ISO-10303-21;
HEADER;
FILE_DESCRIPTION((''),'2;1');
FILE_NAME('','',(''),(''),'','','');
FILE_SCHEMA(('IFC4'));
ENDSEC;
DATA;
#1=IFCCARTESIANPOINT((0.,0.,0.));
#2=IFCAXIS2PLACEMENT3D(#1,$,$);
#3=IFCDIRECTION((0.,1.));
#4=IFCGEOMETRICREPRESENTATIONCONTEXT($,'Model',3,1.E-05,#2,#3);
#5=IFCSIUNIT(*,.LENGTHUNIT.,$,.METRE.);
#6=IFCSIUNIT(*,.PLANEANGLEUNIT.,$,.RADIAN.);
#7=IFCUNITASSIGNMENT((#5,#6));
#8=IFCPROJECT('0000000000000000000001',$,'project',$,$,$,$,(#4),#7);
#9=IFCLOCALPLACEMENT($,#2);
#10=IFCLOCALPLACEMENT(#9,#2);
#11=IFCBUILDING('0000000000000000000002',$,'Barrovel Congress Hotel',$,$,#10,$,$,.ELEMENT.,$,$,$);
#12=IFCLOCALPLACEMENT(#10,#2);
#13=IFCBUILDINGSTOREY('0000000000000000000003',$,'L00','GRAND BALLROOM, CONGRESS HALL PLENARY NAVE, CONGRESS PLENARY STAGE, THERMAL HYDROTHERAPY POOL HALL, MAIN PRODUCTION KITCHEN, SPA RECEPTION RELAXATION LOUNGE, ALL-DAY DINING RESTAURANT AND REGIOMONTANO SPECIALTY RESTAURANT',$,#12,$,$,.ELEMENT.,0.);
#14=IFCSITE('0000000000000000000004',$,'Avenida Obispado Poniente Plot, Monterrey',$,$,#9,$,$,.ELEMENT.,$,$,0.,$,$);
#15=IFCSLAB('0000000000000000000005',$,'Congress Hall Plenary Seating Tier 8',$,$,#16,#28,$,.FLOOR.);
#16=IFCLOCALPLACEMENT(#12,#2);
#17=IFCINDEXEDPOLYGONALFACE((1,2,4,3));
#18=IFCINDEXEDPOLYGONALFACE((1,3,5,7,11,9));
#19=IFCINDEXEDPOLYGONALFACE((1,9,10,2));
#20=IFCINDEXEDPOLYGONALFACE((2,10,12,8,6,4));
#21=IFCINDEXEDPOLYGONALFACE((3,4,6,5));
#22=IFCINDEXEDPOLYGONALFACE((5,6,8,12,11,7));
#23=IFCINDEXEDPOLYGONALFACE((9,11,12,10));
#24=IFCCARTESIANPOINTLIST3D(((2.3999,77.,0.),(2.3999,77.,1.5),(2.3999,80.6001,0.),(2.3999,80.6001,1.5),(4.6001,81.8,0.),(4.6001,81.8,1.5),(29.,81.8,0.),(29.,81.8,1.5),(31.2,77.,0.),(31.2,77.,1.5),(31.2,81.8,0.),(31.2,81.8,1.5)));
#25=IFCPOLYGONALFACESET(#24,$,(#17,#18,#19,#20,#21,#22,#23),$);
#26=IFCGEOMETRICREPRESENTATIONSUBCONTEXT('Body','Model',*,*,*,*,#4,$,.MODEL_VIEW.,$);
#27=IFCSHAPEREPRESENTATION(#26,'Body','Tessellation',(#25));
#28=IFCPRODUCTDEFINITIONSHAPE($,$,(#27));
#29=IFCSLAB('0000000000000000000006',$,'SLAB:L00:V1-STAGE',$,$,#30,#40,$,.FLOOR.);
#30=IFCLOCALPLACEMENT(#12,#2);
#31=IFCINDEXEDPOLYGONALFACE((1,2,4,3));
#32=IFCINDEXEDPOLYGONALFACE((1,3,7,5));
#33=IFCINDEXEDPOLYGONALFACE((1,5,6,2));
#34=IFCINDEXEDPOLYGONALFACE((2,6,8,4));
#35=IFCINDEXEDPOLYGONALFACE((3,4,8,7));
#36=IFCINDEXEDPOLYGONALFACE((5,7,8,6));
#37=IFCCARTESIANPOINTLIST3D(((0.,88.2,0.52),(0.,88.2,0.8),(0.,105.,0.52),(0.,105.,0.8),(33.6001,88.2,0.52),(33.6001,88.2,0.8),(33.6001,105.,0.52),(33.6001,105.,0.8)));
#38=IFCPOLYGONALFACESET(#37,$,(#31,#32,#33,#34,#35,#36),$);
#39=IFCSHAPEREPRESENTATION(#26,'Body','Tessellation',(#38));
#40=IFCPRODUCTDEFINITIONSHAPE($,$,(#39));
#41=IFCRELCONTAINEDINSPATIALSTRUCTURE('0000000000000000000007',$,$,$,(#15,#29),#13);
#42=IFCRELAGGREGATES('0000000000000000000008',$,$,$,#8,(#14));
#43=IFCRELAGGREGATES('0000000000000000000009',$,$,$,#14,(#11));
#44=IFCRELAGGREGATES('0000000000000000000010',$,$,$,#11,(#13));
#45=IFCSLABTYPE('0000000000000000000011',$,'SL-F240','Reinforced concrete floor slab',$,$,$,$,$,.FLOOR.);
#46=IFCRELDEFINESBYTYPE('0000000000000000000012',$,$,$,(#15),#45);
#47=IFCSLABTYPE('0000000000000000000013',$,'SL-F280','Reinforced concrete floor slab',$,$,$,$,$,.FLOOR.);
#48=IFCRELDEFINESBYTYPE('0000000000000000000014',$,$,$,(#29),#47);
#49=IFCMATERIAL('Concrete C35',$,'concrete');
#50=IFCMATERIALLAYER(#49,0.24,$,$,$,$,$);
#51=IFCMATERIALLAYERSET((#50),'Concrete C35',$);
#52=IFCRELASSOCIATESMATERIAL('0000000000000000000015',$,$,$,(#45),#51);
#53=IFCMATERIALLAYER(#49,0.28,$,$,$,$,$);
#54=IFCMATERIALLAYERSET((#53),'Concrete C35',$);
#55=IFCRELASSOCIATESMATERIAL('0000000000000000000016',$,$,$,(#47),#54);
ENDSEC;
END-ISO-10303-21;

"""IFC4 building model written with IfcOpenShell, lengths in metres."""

from ifc_helpers import new_model, si_unit, direction, frame, origin, place, context, subcontext, project, spatial, polyline, outline, extrude, material, layer, layer_set, type_object, element, save


model = new_model("IFC4")

# Units and contexts
model_context = context("Model", 3, precision=1e-05, world=origin(), true_north=direction((0.0, 1.0)))
body_context = subcontext(model_context, "Body", "Model", "MODEL_VIEW")
ifc_project = project(units=[si_unit("LENGTHUNIT", "METRE"), si_unit("PLANEANGLEUNIT", "RADIAN")], contexts=[model_context])

# Site, building, storey
site_placement = place(None, origin())
site = spatial("IfcSite", under=ifc_project, at=site_placement, Name="Avenida Obispado Poniente Plot, Monterrey", CompositionType="ELEMENT", RefElevation=0.0)
building_placement = place(site_placement, origin())
building = spatial("IfcBuilding", under=site, at=building_placement, Name="Barrovel Congress Hotel", CompositionType="ELEMENT")
storey_placement = place(building_placement, origin())
storey = spatial("IfcBuildingStorey", under=building, at=storey_placement, Name="L00", Description="GRAND BALLROOM, CONGRESS HALL PLENARY NAVE, CONGRESS PLENARY STAGE, THERMAL HYDROTHERAPY POOL HALL, MAIN PRODUCTION KITCHEN, SPA RECEPTION RELAXATION LOUNGE, ALL-DAY DINING RESTAURANT AND REGIOMONTANO SPECIALTY RESTAURANT", CompositionType="ELEMENT", Elevation=0.0)

# Slabs
ifc_material_1 = material(Name="Concrete C35", Category="concrete")
ifc_layer_1 = layer(ifc_material_1, 0.24)
ifc_layer_set_1 = layer_set([ifc_layer_1], Name="Concrete C35")
slab_type_1 = type_object("IfcSlabType", Name="SL-F240", Description="Reinforced concrete floor slab", PredefinedType="FLOOR", material=ifc_layer_set_1)
slab_1_placement = place(storey_placement, origin())
element("IfcSlab", 1, at=slab_1_placement, inside=storey, type_object=slab_type_1, Name="Congress Hall Plenary Seating Tier 8", PredefinedType="FLOOR", context=body_context, shape_type="SweptSolid", body=[
    extrude(outline(polyline([(2.3999, 77.0), (31.2, 77.0), (31.2, 81.8), (29.0, 81.8), (4.6001, 81.8), (2.3999, 80.6001), (2.3999, 77.0)])), origin(), (0.0, 0.0, 1.0), 1.5),
])
ifc_layer_2 = layer(ifc_material_1, 0.28)
ifc_layer_set_2 = layer_set([ifc_layer_2], Name="Concrete C35")
slab_type_2 = type_object("IfcSlabType", Name="SL-F280", Description="Reinforced concrete floor slab", PredefinedType="FLOOR", material=ifc_layer_set_2)
slab_2_placement = place(storey_placement, frame((0.0, 0.0, 0.52)))
element("IfcSlab", 2, at=slab_2_placement, inside=storey, type_object=slab_type_2, Name="SLAB:L00:V1-STAGE", PredefinedType="FLOOR", context=body_context, shape_type="SweptSolid", body=[
    extrude(outline(polyline([(0.0, 88.2), (33.6001, 88.2), (33.6001, 105.0), (0.0, 105.0), (0.0, 88.2)])), origin(), (0.0, 0.0, 1.0), 0.28),
])

save(model, "model.ifc")
